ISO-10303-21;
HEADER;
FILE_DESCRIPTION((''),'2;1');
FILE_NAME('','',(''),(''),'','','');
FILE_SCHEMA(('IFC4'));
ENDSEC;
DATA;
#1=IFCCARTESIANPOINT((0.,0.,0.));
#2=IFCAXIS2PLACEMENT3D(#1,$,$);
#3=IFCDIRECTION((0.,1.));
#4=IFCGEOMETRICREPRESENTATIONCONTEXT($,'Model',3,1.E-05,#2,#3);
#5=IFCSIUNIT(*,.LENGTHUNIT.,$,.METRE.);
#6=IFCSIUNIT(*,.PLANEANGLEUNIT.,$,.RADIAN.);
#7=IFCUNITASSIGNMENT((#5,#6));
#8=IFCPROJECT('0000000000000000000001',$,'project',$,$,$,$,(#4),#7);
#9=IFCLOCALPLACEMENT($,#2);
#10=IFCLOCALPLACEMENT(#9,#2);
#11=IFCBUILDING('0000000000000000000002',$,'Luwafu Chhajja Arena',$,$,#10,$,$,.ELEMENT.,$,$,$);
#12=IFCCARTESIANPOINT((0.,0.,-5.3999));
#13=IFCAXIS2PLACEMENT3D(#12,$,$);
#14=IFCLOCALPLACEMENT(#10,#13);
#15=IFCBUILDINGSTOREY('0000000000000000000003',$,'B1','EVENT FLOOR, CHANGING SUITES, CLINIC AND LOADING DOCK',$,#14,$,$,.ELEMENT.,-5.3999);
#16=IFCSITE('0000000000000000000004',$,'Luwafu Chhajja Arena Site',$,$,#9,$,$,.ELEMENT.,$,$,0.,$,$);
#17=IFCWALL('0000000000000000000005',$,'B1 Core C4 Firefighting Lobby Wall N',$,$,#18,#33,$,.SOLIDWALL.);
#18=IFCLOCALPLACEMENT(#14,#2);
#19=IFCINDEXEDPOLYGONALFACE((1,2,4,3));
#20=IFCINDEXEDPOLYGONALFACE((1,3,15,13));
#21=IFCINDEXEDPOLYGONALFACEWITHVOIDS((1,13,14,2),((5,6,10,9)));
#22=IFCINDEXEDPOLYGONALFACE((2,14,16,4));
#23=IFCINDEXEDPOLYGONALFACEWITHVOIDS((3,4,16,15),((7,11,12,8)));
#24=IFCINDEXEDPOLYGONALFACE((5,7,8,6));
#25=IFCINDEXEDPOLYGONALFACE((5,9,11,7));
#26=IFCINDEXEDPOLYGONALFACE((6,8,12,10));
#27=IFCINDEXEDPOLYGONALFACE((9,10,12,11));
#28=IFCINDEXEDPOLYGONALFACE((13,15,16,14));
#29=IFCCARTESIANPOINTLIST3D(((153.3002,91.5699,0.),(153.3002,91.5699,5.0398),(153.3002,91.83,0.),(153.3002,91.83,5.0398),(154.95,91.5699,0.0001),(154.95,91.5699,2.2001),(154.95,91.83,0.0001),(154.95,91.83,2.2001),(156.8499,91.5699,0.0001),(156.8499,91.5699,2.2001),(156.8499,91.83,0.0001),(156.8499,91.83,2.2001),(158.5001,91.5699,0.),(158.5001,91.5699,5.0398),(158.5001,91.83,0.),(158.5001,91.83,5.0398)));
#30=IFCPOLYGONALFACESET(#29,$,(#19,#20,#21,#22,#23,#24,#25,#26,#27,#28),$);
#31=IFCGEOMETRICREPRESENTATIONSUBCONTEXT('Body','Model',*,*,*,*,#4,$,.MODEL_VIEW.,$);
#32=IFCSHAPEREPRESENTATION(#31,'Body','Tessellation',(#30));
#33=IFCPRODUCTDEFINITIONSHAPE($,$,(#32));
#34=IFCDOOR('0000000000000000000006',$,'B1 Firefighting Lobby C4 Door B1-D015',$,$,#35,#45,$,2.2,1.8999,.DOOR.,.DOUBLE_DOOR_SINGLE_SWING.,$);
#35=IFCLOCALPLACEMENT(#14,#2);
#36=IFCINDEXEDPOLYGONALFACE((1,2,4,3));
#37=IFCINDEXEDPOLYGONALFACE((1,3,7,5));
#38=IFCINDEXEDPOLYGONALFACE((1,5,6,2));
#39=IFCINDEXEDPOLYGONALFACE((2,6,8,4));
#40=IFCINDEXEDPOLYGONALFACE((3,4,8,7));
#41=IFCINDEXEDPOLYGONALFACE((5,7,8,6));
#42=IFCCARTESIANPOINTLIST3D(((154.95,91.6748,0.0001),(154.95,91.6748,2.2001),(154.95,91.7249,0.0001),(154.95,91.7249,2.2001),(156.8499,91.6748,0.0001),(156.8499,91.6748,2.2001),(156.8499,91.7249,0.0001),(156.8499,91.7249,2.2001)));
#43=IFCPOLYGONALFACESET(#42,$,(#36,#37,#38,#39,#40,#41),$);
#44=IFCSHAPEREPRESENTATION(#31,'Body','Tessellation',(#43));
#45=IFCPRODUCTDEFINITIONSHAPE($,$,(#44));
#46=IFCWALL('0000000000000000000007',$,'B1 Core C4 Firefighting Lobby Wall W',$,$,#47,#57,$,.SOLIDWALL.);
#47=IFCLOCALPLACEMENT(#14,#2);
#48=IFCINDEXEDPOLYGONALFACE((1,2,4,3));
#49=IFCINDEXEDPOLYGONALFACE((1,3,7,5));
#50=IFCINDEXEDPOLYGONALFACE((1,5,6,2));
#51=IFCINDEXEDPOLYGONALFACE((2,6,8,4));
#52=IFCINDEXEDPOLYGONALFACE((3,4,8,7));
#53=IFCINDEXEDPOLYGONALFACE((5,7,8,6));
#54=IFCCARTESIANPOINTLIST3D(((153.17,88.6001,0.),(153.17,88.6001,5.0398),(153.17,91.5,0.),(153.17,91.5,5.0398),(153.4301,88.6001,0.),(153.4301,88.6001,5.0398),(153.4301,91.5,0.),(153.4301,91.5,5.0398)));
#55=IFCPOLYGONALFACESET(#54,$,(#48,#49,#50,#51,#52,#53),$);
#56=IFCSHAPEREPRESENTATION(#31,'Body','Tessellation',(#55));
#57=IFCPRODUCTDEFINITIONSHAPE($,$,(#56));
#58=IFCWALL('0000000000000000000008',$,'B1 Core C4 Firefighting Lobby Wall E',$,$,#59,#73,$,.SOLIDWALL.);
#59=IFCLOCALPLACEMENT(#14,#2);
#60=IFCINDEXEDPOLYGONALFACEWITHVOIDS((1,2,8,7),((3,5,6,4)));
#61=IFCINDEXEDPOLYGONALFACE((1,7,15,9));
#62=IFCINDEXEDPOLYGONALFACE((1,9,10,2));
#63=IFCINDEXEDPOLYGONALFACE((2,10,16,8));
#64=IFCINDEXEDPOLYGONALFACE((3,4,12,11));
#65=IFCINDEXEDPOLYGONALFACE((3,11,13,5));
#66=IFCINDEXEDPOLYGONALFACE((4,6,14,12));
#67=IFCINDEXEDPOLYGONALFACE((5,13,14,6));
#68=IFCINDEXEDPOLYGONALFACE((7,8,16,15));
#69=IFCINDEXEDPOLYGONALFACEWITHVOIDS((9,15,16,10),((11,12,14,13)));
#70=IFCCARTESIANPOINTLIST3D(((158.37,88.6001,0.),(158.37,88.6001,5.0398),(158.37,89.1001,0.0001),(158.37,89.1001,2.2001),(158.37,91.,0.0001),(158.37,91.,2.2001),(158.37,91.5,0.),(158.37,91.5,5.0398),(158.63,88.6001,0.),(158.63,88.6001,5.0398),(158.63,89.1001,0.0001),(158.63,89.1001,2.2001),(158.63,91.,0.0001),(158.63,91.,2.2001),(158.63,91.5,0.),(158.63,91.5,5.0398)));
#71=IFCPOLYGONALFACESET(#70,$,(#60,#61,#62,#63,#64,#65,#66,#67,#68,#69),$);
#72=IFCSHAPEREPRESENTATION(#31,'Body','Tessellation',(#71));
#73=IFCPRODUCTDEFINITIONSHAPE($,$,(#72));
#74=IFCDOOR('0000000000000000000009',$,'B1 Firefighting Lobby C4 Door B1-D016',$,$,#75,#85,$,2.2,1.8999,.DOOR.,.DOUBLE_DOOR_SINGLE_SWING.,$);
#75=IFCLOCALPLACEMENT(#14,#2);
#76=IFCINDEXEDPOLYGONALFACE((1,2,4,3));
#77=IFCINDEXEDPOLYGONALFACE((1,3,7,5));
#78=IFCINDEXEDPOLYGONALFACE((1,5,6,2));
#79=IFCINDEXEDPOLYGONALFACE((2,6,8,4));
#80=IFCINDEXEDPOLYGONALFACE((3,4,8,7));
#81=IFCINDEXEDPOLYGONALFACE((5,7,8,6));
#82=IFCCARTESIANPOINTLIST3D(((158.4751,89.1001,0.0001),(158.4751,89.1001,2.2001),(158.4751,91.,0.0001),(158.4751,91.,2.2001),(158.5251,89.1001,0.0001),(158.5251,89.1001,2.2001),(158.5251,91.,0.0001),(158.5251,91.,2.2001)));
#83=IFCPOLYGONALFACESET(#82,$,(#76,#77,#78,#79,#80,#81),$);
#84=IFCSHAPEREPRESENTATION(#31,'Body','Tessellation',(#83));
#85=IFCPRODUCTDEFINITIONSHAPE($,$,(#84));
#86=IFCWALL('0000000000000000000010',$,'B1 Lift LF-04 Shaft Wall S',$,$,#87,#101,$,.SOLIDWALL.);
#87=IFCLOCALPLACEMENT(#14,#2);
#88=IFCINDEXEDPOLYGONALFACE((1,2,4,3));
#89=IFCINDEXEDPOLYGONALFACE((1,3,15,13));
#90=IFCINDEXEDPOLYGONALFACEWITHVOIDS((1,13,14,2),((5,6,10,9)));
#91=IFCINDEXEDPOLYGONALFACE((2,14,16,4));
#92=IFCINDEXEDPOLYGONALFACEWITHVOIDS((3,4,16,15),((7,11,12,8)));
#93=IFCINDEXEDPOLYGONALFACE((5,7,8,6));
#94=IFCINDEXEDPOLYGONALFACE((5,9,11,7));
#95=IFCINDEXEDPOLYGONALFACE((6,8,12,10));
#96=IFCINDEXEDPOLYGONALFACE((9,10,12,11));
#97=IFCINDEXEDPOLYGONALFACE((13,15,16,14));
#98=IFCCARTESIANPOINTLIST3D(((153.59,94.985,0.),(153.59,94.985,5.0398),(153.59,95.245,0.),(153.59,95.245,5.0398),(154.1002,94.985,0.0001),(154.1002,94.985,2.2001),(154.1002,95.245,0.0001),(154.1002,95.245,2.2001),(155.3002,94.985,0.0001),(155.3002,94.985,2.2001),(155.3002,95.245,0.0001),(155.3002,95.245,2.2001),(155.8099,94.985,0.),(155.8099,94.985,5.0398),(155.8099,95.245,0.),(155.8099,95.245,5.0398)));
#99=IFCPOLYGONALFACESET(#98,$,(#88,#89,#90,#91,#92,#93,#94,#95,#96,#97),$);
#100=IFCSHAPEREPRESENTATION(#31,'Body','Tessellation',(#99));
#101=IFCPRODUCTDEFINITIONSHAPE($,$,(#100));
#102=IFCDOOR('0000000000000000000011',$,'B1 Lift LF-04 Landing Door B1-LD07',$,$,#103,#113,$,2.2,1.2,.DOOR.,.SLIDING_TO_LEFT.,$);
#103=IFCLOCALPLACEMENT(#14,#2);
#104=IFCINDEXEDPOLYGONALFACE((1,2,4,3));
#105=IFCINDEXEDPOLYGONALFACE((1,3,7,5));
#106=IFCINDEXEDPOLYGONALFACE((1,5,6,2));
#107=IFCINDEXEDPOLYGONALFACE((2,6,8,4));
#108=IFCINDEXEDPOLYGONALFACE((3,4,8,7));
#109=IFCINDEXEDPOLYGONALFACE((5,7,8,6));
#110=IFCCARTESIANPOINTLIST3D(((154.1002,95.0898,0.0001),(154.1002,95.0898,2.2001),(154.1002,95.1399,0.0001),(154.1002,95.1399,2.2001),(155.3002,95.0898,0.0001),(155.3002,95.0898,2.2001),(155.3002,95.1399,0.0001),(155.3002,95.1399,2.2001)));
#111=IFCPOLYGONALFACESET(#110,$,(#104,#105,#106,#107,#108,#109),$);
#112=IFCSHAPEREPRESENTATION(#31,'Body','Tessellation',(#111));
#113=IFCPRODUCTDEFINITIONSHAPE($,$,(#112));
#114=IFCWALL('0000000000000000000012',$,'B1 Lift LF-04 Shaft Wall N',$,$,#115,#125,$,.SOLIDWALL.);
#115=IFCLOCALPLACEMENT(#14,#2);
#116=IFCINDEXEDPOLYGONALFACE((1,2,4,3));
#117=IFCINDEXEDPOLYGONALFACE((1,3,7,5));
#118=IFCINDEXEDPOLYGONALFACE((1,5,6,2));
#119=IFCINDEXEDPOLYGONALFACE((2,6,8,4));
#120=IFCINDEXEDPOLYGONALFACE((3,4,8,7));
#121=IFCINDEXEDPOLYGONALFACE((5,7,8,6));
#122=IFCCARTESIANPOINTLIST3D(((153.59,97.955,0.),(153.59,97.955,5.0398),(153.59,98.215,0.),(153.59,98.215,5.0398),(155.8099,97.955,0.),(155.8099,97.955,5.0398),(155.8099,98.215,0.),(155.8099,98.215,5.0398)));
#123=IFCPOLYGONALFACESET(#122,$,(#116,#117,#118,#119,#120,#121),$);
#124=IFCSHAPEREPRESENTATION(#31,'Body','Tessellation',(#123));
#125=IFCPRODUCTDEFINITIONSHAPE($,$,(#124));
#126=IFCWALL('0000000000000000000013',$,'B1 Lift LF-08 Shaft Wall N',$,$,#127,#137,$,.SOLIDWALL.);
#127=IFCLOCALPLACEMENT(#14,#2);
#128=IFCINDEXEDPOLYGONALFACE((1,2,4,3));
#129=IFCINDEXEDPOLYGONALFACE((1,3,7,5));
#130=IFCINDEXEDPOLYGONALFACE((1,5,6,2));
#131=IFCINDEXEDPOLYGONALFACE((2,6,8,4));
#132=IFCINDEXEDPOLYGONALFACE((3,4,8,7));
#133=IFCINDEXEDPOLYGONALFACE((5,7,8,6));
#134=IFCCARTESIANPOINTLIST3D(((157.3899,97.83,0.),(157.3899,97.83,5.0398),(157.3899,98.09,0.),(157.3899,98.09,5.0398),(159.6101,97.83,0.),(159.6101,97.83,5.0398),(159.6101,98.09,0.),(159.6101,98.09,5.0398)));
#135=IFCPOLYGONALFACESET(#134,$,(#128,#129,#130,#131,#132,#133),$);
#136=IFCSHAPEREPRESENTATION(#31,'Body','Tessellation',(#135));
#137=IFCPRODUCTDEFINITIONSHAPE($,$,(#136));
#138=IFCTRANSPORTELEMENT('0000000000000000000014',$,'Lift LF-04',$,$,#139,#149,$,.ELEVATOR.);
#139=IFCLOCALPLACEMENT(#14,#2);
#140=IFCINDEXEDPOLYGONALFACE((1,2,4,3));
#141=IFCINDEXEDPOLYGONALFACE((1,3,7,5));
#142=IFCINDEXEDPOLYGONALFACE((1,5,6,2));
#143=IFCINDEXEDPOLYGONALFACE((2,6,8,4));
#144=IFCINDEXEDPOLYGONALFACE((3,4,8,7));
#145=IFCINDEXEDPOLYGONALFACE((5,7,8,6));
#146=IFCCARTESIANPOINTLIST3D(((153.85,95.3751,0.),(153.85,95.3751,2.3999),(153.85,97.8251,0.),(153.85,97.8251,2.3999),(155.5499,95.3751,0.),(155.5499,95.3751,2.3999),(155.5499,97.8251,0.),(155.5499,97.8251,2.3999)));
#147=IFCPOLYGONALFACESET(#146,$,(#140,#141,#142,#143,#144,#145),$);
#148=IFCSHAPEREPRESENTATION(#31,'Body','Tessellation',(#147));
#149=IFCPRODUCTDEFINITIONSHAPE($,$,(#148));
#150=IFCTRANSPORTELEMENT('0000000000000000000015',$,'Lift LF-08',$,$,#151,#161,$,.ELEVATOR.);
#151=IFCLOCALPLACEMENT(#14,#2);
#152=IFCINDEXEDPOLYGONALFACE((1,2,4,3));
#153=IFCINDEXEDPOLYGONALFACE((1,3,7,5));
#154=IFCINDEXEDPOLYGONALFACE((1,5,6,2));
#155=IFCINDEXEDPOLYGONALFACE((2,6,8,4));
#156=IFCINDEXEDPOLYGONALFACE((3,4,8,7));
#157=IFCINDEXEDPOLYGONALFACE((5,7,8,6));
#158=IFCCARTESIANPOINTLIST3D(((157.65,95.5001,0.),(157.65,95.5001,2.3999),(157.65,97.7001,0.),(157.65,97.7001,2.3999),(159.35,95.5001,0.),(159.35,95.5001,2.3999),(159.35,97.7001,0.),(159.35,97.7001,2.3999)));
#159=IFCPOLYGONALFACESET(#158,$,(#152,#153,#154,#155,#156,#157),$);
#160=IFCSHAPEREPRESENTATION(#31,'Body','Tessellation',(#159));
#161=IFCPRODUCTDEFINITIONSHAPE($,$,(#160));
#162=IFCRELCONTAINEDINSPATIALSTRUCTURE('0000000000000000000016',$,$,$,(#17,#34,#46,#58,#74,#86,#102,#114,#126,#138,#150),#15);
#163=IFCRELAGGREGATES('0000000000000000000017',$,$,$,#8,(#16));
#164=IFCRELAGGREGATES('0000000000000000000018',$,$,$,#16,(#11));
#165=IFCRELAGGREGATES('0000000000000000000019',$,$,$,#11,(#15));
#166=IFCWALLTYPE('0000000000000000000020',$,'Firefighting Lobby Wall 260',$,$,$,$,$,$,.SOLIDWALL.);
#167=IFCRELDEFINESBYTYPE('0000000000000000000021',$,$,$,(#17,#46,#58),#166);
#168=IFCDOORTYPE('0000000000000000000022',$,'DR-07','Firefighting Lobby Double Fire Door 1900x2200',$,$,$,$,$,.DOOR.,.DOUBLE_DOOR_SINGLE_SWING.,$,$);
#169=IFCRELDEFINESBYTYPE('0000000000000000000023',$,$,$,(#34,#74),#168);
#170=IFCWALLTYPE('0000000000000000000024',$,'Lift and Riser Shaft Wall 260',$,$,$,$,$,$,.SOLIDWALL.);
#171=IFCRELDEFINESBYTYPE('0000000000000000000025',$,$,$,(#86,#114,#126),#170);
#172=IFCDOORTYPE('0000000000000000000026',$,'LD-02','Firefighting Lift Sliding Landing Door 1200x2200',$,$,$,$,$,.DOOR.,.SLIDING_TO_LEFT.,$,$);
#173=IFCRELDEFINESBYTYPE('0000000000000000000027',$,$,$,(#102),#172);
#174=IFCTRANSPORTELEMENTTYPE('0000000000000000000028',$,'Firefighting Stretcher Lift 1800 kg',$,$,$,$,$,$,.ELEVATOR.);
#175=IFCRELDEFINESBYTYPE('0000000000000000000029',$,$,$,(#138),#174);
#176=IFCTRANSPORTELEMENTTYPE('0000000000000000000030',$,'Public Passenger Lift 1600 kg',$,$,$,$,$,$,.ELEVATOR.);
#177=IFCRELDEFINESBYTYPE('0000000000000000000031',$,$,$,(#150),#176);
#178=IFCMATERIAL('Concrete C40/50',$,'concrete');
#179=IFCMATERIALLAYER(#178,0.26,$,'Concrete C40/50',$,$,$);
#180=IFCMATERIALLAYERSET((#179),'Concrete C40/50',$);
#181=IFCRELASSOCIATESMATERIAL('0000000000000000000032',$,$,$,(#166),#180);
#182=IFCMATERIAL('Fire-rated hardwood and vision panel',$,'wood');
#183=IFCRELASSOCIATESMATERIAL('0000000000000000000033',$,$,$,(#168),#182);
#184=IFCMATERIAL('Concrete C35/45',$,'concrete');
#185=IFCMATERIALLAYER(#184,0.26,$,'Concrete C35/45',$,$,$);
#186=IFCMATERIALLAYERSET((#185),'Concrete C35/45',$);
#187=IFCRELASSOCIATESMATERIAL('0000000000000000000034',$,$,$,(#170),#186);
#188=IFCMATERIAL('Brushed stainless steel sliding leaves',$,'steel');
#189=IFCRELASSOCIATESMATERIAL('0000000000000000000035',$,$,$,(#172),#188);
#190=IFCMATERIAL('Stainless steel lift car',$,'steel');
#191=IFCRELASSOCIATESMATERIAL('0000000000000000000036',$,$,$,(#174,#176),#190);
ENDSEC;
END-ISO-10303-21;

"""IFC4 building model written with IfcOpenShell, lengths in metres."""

from ifc_helpers import new_model, si_unit, direction, frame, frame_2d, origin, origin_2d, place, context, subcontext, project, spatial, rectangle, extrude, material, layer, layer_set, type_object, element, fill, save


model = new_model("IFC4")

# Units and contexts
model_context = context("Model", 3, precision=1e-05, world=origin(), true_north=direction((0.0, 1.0)))
body_context = subcontext(model_context, "Body", "Model", "MODEL_VIEW")
ifc_project = project(units=[si_unit("LENGTHUNIT", "METRE"), si_unit("PLANEANGLEUNIT", "RADIAN")], contexts=[model_context])

# Site, building, storey
site_placement = place(None, origin())
site = spatial("IfcSite", under=ifc_project, at=site_placement, Name="Luwafu Chhajja Arena Site", CompositionType="ELEMENT", RefElevation=0.0)
building_placement = place(site_placement, origin())
building = spatial("IfcBuilding", under=site, at=building_placement, Name="Luwafu Chhajja Arena", CompositionType="ELEMENT")
storey_placement = place(building_placement, frame((0.0, 0.0, -5.3999)))
storey = spatial("IfcBuildingStorey", under=building, at=storey_placement, Name="B1", Description="EVENT FLOOR, CHANGING SUITES, CLINIC AND LOADING DOCK", CompositionType="ELEMENT", Elevation=-5.3999)

# Shared definitions
ifc_material_1 = material(Name="Concrete C35/45", Category="concrete")

# Wall, opening, door
ifc_material_2 = material(Name="Concrete C40/50", Category="concrete")
ifc_layer_1 = layer(ifc_material_2, 0.26, Name="Concrete C40/50")
ifc_layer_set_1 = layer_set([ifc_layer_1], Name="Concrete C40/50")
wall_type_1 = type_object("IfcWallType", Name="Firefighting Lobby Wall 260", PredefinedType="SOLIDWALL", material=ifc_layer_set_1)
wall_1_placement = place(storey_placement, frame((153.3, 91.7, 0.0), z_axis=(0.0, 0.0, 1.0), x_axis=(1.0, 0.0, 0.0)))
wall_1 = element("IfcWall", 1, at=wall_1_placement, inside=storey, type_object=wall_type_1, Name="B1 Core C4 Firefighting Lobby Wall N", PredefinedType="SOLIDWALL", context=body_context, shape_type="SweptSolid", body=[
    extrude(rectangle(XDim=5.2, YDim=0.26, at=frame_2d((2.6001, 0.0))), origin(), (0.0, 0.0, 1.0), 5.0398),
])
opening_1_placement = place(wall_1_placement, frame((1.6499, 0.0, 0.0)))
opening_1 = element("IfcOpeningElement", 2, at=opening_1_placement, cuts=wall_1, PredefinedType="OPENING", context=body_context, shape_type="SweptSolid", body=[
    extrude(rectangle(XDim=1.8999, YDim=2.2, at=frame_2d((0.95, 1.1001))), frame((0.0, 0.1399, 0.0), z_axis=(0.0, -1.0, 0.0), x_axis=(1.0, 0.0, 0.0)), (0.0, 0.0, 1.0), 0.28),
])
ifc_material_3 = material(Name="Fire-rated hardwood and vision panel", Category="wood")
door_type_1 = type_object("IfcDoorType", Name="DR-07", Description="Firefighting Lobby Double Fire Door 1900x2200", OperationType="DOUBLE_DOOR_SINGLE_SWING", PredefinedType="DOOR", material=ifc_material_3)
door_1_placement = place(opening_1_placement, origin())
door_1 = element("IfcDoor", 3, at=door_1_placement, inside=storey, type_object=door_type_1, Name="B1 Firefighting Lobby C4 Door B1-D015", OperationType="DOUBLE_DOOR_SINGLE_SWING", OverallHeight=2.2, OverallWidth=1.8999, PredefinedType="DOOR", context=body_context, shape_type="SweptSolid", body=[
    extrude(rectangle(XDim=1.8999, YDim=2.2, at=frame_2d((0.95, 1.1001))), frame((0.0, 0.0249, 0.0), z_axis=(0.0, -1.0, 0.0), x_axis=(1.0, 0.0, 0.0)), (0.0, 0.0, 1.0), 0.05),
])
fill(opening_1, door_1)

# Wall
wall_2_placement = place(storey_placement, frame((153.3, 88.6001, 0.0), z_axis=(0.0, 0.0, 1.0), x_axis=(0.0, 1.0, 0.0)))
element("IfcWall", 4, at=wall_2_placement, inside=storey, type_object=wall_type_1, Name="B1 Core C4 Firefighting Lobby Wall W", PredefinedType="SOLIDWALL", context=body_context, shape_type="SweptSolid", body=[
    extrude(rectangle(XDim=2.8999, YDim=0.26, at=frame_2d((1.45, 0.0))), origin(), (0.0, 0.0, 1.0), 5.0398),
])

# Walls, openings, doors
wall_3_placement = place(storey_placement, frame((158.5, 88.6001, 0.0), z_axis=(0.0, 0.0, 1.0), x_axis=(0.0, 1.0, 0.0)))
wall_3 = element("IfcWall", 5, at=wall_3_placement, inside=storey, type_object=wall_type_1, Name="B1 Core C4 Firefighting Lobby Wall E", PredefinedType="SOLIDWALL", context=body_context, shape_type="SweptSolid", body=[
    extrude(rectangle(XDim=2.8999, YDim=0.26, at=frame_2d((1.45, 0.0))), origin(), (0.0, 0.0, 1.0), 5.0398),
])
opening_2_placement = place(wall_3_placement, frame((0.5, 0.0, 0.0)))
opening_2 = element("IfcOpeningElement", 6, at=opening_2_placement, cuts=wall_3, PredefinedType="OPENING", context=body_context, shape_type="SweptSolid", body=[
    extrude(rectangle(XDim=1.8999, YDim=2.2, at=frame_2d((0.95, 1.1001))), frame((0.0, 0.1399, 0.0), z_axis=(0.0, -1.0, 0.0), x_axis=(1.0, 0.0, 0.0)), (0.0, 0.0, 1.0), 0.28),
])
door_2_placement = place(opening_2_placement, origin())
door_2 = element("IfcDoor", 7, at=door_2_placement, inside=storey, type_object=door_type_1, Name="B1 Firefighting Lobby C4 Door B1-D016", OperationType="DOUBLE_DOOR_SINGLE_SWING", OverallHeight=2.2, OverallWidth=1.8999, PredefinedType="DOOR", context=body_context, shape_type="SweptSolid", body=[
    extrude(rectangle(XDim=1.8999, YDim=2.2, at=frame_2d((0.95, 1.1001))), frame((0.0, 0.0249, 0.0), z_axis=(0.0, -1.0, 0.0), x_axis=(1.0, 0.0, 0.0)), (0.0, 0.0, 1.0), 0.05),
])
fill(opening_2, door_2)
ifc_layer_2 = layer(ifc_material_1, 0.26, Name="Concrete C35/45")
ifc_layer_set_2 = layer_set([ifc_layer_2], Name="Concrete C35/45")
wall_type_2 = type_object("IfcWallType", Name="Lift and Riser Shaft Wall 260", PredefinedType="SOLIDWALL", material=ifc_layer_set_2)
wall_4_placement = place(storey_placement, frame((153.5901, 95.115, 0.0), z_axis=(0.0, 0.0, 1.0), x_axis=(1.0, 0.0, 0.0)))
wall_4 = element("IfcWall", 8, at=wall_4_placement, inside=storey, type_object=wall_type_2, Name="B1 Lift LF-04 Shaft Wall S", PredefinedType="SOLIDWALL", context=body_context, shape_type="SweptSolid", body=[
    extrude(rectangle(XDim=2.22, YDim=0.26, at=frame_2d((1.1099, 0.0))), origin(), (0.0, 0.0, 1.0), 5.0398),
])
opening_3_placement = place(wall_4_placement, frame((0.51, 0.0, 0.0)))
opening_3 = element("IfcOpeningElement", 9, at=opening_3_placement, cuts=wall_4, PredefinedType="OPENING", context=body_context, shape_type="SweptSolid", body=[
    extrude(rectangle(XDim=1.2, YDim=2.2, at=frame_2d((0.6001, 1.1001))), frame((0.0, 0.1399, 0.0), z_axis=(0.0, -1.0, 0.0), x_axis=(1.0, 0.0, 0.0)), (0.0, 0.0, 1.0), 0.28),
])
ifc_material_4 = material(Name="Brushed stainless steel sliding leaves", Category="steel")
door_type_2 = type_object("IfcDoorType", Name="LD-02", Description="Firefighting Lift Sliding Landing Door 1200x2200", OperationType="SLIDING_TO_LEFT", PredefinedType="DOOR", material=ifc_material_4)
door_3_placement = place(opening_3_placement, origin())
door_3 = element("IfcDoor", 10, at=door_3_placement, inside=storey, type_object=door_type_2, Name="B1 Lift LF-04 Landing Door B1-LD07", OperationType="SLIDING_TO_LEFT", OverallHeight=2.2, OverallWidth=1.2, PredefinedType="DOOR", context=body_context, shape_type="SweptSolid", body=[
    extrude(rectangle(XDim=1.2, YDim=2.2, at=frame_2d((0.6001, 1.1001))), frame((0.0, 0.0249, 0.0), z_axis=(0.0, -1.0, 0.0), x_axis=(1.0, 0.0, 0.0)), (0.0, 0.0, 1.0), 0.05),
])
fill(opening_3, door_3)

# Wall
wall_5_placement = place(storey_placement, frame((153.5901, 98.085, 0.0), z_axis=(0.0, 0.0, 1.0), x_axis=(1.0, 0.0, 0.0)))
element("IfcWall", 11, at=wall_5_placement, inside=storey, type_object=wall_type_2, Name="B1 Lift LF-04 Shaft Wall N", PredefinedType="SOLIDWALL", context=body_context, shape_type="SweptSolid", body=[
    extrude(rectangle(XDim=2.22, YDim=0.26, at=frame_2d((1.1099, 0.0))), origin(), (0.0, 0.0, 1.0), 5.0398),
])

# Wall
wall_6_placement = place(storey_placement, frame((157.3899, 97.96, 0.0), z_axis=(0.0, 0.0, 1.0), x_axis=(1.0, 0.0, 0.0)))
element("IfcWall", 12, at=wall_6_placement, inside=storey, type_object=wall_type_2, Name="B1 Lift LF-08 Shaft Wall N", PredefinedType="SOLIDWALL", context=body_context, shape_type="SweptSolid", body=[
    extrude(rectangle(XDim=2.2202, YDim=0.26, at=frame_2d((1.1101, 0.0))), origin(), (0.0, 0.0, 1.0), 5.0398),
])

# Transport elements
ifc_material_5 = material(Name="Stainless steel lift car", Category="steel")
transport_element_type_1 = type_object("IfcTransportElementType", Name="Firefighting Stretcher Lift 1800 kg", PredefinedType="ELEVATOR", material=ifc_material_5)
transport_element_1_placement = place(storey_placement, frame((154.7, 96.6001, 0.0), z_axis=(0.0, 0.0, 1.0), x_axis=(1.0, 0.0, 0.0)))
element("IfcTransportElement", 13, at=transport_element_1_placement, inside=storey, type_object=transport_element_type_1, Name="Lift LF-04", PredefinedType="ELEVATOR", context=body_context, shape_type="SweptSolid", body=[
    extrude(rectangle(XDim=1.7, YDim=2.45, at=origin_2d()), origin(), (0.0, 0.0, 1.0), 2.3999),
])
transport_element_type_2 = type_object("IfcTransportElementType", Name="Public Passenger Lift 1600 kg", PredefinedType="ELEVATOR", material=ifc_material_5)
transport_element_2_placement = place(storey_placement, frame((158.5, 96.6001, 0.0), z_axis=(0.0, 0.0, 1.0), x_axis=(1.0, 0.0, 0.0)))
element("IfcTransportElement", 14, at=transport_element_2_placement, inside=storey, type_object=transport_element_type_2, Name="Lift LF-08", PredefinedType="ELEVATOR", context=body_context, shape_type="SweptSolid", body=[
    extrude(rectangle(XDim=1.7, YDim=2.2, at=origin_2d()), origin(), (0.0, 0.0, 1.0), 2.3999),
])

save(model, "model.ifc")
